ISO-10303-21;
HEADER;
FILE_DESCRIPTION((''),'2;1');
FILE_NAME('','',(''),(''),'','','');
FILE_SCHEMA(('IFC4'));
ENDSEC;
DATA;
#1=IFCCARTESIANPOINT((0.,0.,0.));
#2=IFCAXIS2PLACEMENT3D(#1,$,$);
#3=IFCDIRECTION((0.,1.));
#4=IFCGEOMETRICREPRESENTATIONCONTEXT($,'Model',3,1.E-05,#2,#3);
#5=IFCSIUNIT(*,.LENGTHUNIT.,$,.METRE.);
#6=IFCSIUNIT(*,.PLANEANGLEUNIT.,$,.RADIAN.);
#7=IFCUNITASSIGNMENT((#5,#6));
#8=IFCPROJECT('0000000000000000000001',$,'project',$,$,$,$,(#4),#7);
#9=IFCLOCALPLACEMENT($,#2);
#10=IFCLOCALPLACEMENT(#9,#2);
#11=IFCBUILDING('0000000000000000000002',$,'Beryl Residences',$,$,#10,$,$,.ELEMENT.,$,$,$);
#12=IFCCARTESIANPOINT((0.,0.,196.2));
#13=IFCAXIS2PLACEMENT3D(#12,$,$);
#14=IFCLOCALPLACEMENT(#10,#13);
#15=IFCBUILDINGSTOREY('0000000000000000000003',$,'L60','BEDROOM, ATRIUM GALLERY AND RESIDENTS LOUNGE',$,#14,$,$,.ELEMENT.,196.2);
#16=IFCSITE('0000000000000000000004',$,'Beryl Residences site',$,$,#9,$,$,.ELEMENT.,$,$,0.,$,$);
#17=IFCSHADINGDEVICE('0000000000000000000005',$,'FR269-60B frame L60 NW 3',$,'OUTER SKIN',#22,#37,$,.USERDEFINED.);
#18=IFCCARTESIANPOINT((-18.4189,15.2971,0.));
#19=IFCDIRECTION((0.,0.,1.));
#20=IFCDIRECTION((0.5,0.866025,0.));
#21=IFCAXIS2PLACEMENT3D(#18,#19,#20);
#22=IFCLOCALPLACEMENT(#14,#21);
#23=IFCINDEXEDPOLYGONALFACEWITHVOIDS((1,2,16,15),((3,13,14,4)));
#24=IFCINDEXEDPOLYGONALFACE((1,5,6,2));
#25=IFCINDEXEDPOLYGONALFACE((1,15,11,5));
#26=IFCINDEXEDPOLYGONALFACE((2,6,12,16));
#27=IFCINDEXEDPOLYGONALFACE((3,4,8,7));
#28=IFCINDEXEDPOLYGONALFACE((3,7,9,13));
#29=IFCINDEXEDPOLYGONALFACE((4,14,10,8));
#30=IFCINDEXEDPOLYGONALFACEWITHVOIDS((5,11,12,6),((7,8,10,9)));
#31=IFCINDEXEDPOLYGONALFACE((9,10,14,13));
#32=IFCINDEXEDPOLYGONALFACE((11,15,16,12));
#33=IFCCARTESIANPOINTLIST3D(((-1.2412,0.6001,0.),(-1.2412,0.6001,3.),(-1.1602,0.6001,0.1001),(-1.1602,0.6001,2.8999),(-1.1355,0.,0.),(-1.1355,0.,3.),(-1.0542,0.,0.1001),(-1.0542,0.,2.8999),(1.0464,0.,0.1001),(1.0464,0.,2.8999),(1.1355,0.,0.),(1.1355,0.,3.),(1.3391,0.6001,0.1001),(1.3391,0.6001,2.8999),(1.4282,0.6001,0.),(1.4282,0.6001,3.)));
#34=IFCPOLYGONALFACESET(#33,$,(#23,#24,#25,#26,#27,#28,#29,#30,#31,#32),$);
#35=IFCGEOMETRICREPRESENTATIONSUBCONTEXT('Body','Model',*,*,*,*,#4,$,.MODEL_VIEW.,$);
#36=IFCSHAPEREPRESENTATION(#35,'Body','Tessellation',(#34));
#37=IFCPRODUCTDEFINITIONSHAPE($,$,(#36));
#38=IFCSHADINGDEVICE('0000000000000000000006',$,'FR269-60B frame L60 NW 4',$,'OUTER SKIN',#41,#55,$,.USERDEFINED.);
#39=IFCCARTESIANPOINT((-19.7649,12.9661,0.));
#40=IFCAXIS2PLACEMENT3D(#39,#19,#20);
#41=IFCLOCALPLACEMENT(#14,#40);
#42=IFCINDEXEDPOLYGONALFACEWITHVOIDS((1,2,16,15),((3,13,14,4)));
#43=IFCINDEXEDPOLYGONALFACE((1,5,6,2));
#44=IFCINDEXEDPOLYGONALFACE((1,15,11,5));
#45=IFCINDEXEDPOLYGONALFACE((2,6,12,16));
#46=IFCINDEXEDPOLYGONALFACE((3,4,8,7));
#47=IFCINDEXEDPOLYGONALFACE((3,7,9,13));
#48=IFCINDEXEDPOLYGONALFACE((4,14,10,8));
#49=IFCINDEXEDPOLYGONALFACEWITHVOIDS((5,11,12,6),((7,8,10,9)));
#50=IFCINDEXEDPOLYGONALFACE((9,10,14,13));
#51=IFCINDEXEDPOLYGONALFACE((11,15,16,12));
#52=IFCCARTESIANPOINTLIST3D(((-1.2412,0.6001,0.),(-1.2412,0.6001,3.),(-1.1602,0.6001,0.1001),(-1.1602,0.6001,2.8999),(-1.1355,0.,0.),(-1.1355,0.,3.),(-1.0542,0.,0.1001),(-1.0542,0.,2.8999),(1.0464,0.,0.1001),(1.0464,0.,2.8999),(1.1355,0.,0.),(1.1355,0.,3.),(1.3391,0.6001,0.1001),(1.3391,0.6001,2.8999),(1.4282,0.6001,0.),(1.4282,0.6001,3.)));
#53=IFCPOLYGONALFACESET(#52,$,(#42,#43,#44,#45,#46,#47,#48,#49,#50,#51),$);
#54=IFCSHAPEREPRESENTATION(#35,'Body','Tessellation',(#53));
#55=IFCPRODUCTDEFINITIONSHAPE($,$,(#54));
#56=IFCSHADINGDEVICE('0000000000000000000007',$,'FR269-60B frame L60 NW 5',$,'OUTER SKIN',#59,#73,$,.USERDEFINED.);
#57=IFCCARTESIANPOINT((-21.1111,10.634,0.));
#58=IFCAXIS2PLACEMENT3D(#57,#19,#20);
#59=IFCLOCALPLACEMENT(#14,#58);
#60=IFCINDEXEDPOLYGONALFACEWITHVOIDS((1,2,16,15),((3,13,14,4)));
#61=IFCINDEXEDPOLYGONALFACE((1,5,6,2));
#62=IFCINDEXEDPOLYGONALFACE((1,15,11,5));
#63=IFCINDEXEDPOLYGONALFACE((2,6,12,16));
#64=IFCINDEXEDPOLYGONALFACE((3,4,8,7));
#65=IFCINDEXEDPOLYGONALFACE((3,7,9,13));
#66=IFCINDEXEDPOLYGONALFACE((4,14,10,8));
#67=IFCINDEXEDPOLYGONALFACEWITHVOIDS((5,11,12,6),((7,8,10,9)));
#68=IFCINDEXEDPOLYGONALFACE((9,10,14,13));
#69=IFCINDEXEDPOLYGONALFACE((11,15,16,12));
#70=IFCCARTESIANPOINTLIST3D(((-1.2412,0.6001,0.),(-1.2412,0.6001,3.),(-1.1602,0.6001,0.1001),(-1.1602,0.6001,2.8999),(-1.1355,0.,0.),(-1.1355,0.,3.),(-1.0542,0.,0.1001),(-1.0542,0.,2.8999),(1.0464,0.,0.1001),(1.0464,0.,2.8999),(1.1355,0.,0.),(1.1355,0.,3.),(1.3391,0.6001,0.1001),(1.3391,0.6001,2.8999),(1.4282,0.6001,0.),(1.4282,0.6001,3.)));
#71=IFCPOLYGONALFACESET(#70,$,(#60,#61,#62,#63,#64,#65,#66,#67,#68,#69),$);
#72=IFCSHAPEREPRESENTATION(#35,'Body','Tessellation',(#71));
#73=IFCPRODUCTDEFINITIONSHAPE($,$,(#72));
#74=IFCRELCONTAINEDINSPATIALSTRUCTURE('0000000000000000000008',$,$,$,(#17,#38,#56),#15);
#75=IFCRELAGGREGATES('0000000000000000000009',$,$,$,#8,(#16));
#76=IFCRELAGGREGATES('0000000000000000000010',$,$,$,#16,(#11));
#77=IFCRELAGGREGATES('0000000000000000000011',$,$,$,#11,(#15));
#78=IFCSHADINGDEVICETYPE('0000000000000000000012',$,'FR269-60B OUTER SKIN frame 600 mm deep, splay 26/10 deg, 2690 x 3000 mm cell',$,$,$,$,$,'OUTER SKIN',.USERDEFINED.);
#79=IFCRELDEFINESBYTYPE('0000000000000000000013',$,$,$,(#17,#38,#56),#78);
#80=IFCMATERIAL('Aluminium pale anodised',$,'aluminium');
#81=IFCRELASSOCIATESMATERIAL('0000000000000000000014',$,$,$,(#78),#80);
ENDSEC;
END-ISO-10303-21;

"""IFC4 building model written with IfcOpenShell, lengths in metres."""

from ifc_helpers import new_model, entity, si_unit, direction, frame, origin, place, context, subcontext, project, spatial, source, transform, mapped, material, type_object, type_shapes, element, save


model = new_model("IFC4")

# Units and contexts
model_context = context("Model", 3, precision=1e-05, world=origin(), true_north=direction((0.0, 1.0)))
body_context = subcontext(model_context, "Body", "Model", "MODEL_VIEW")
ifc_project = project(units=[si_unit("LENGTHUNIT", "METRE"), si_unit("PLANEANGLEUNIT", "RADIAN")], contexts=[model_context])

# Site, building, storey
site_placement = place(None, origin())
site = spatial("IfcSite", under=ifc_project, at=site_placement, Name="Beryl Residences site", CompositionType="ELEMENT", RefElevation=0.0)
building_placement = place(site_placement, origin())
building = spatial("IfcBuilding", under=site, at=building_placement, Name="Beryl Residences", CompositionType="ELEMENT")
storey_placement = place(building_placement, frame((0.0, 0.0, 196.2)))
storey = spatial("IfcBuildingStorey", under=building, at=storey_placement, Name="L60", Description="BEDROOM, ATRIUM GALLERY AND RESIDENTS LOUNGE", CompositionType="ELEMENT", Elevation=196.2)

# Shading devices
ifc_material_1 = material(Name="Aluminium pale anodised", Category="aluminium")
shading_device_type = type_object("IfcShadingDeviceType", Name="FR269-60B OUTER SKIN frame 600 mm deep, splay 26/10 deg, 2690 x 3000 mm cell", ElementType="OUTER SKIN", PredefinedType="USERDEFINED", material=ifc_material_1)
cartesian_point_1 = entity("IfcCartesianPoint", [-1.1355, 0.0])
cartesian_point_2 = entity("IfcCartesianPoint", [-1.0464, 0.1001])
cartesian_point_3 = entity("IfcCartesianPoint", [-1.4282, 0.0])
cartesian_point_4 = entity("IfcCartesianPoint", [-1.3391, 0.1001])
shared_shape_1 = source(origin(), body_context, "Body", "SweptSolid", [
    entity("IfcExtrudedAreaSolidTapered", entity("IfcArbitraryProfileDefWithVoids", "AREA", None, entity("IfcPolyline", [cartesian_point_1, entity("IfcCartesianPoint", [1.1355, 0.0]), entity("IfcCartesianPoint", [1.1355, 3.0]), entity("IfcCartesianPoint", [-1.1355, 3.0]), cartesian_point_1]), [entity("IfcPolyline", [cartesian_point_2, entity("IfcCartesianPoint", [1.0542, 0.1001]), entity("IfcCartesianPoint", [1.0542, 2.8999]), entity("IfcCartesianPoint", [-1.0464, 2.8999]), cartesian_point_2])]), entity("IfcAxis2Placement3D", entity("IfcCartesianPoint", [0.0, 0.0, 0.0]), entity("IfcDirection", [0.0, 1.0, 0.0]), entity("IfcDirection", [-1.0, 0.0, 0.0])), entity("IfcDirection", [0.0, 0.0, 1.0]), 0.6001, entity("IfcArbitraryProfileDefWithVoids", "AREA", None, entity("IfcPolyline", [cartesian_point_3, entity("IfcCartesianPoint", [1.2412, 0.0]), entity("IfcCartesianPoint", [1.2412, 3.0]), entity("IfcCartesianPoint", [-1.4282, 3.0]), cartesian_point_3]), [entity("IfcPolyline", [cartesian_point_4, entity("IfcCartesianPoint", [1.1602, 0.1001]), entity("IfcCartesianPoint", [1.1602, 2.8999]), entity("IfcCartesianPoint", [-1.3391, 2.8999]), cartesian_point_4])])),
])
type_shapes(shading_device_type, [shared_shape_1])
for number, where, z_axis, x_axis, name in (
    (1, (-18.4189, 15.2971, 0.0), (0.0, 0.0, 1.0), (0.5, 0.866025, 0.0), "FR269-60B frame L60 NW 3"),
    (2, (-19.7649, 12.9661, 0.0), (0.0, 0.0, 1.0), (0.5, 0.866025, 0.0), "FR269-60B frame L60 NW 4"),
    (3, (-21.1111, 10.634, 0.0), (0.0, 0.0, 1.0), (0.5, 0.866025, 0.0), "FR269-60B frame L60 NW 5"),
):
    element("IfcShadingDevice", number, at=place(storey_placement, frame(where, z_axis=z_axis, x_axis=x_axis)), inside=storey, type_object=shading_device_type, Name=name, ObjectType="OUTER SKIN", PredefinedType="USERDEFINED", context=body_context, shape_type="MappedRepresentation", body=[
        mapped(shared_shape_1, transform((0.0, 0.0, 0.0))),
    ])

save(model, "model.ifc")
